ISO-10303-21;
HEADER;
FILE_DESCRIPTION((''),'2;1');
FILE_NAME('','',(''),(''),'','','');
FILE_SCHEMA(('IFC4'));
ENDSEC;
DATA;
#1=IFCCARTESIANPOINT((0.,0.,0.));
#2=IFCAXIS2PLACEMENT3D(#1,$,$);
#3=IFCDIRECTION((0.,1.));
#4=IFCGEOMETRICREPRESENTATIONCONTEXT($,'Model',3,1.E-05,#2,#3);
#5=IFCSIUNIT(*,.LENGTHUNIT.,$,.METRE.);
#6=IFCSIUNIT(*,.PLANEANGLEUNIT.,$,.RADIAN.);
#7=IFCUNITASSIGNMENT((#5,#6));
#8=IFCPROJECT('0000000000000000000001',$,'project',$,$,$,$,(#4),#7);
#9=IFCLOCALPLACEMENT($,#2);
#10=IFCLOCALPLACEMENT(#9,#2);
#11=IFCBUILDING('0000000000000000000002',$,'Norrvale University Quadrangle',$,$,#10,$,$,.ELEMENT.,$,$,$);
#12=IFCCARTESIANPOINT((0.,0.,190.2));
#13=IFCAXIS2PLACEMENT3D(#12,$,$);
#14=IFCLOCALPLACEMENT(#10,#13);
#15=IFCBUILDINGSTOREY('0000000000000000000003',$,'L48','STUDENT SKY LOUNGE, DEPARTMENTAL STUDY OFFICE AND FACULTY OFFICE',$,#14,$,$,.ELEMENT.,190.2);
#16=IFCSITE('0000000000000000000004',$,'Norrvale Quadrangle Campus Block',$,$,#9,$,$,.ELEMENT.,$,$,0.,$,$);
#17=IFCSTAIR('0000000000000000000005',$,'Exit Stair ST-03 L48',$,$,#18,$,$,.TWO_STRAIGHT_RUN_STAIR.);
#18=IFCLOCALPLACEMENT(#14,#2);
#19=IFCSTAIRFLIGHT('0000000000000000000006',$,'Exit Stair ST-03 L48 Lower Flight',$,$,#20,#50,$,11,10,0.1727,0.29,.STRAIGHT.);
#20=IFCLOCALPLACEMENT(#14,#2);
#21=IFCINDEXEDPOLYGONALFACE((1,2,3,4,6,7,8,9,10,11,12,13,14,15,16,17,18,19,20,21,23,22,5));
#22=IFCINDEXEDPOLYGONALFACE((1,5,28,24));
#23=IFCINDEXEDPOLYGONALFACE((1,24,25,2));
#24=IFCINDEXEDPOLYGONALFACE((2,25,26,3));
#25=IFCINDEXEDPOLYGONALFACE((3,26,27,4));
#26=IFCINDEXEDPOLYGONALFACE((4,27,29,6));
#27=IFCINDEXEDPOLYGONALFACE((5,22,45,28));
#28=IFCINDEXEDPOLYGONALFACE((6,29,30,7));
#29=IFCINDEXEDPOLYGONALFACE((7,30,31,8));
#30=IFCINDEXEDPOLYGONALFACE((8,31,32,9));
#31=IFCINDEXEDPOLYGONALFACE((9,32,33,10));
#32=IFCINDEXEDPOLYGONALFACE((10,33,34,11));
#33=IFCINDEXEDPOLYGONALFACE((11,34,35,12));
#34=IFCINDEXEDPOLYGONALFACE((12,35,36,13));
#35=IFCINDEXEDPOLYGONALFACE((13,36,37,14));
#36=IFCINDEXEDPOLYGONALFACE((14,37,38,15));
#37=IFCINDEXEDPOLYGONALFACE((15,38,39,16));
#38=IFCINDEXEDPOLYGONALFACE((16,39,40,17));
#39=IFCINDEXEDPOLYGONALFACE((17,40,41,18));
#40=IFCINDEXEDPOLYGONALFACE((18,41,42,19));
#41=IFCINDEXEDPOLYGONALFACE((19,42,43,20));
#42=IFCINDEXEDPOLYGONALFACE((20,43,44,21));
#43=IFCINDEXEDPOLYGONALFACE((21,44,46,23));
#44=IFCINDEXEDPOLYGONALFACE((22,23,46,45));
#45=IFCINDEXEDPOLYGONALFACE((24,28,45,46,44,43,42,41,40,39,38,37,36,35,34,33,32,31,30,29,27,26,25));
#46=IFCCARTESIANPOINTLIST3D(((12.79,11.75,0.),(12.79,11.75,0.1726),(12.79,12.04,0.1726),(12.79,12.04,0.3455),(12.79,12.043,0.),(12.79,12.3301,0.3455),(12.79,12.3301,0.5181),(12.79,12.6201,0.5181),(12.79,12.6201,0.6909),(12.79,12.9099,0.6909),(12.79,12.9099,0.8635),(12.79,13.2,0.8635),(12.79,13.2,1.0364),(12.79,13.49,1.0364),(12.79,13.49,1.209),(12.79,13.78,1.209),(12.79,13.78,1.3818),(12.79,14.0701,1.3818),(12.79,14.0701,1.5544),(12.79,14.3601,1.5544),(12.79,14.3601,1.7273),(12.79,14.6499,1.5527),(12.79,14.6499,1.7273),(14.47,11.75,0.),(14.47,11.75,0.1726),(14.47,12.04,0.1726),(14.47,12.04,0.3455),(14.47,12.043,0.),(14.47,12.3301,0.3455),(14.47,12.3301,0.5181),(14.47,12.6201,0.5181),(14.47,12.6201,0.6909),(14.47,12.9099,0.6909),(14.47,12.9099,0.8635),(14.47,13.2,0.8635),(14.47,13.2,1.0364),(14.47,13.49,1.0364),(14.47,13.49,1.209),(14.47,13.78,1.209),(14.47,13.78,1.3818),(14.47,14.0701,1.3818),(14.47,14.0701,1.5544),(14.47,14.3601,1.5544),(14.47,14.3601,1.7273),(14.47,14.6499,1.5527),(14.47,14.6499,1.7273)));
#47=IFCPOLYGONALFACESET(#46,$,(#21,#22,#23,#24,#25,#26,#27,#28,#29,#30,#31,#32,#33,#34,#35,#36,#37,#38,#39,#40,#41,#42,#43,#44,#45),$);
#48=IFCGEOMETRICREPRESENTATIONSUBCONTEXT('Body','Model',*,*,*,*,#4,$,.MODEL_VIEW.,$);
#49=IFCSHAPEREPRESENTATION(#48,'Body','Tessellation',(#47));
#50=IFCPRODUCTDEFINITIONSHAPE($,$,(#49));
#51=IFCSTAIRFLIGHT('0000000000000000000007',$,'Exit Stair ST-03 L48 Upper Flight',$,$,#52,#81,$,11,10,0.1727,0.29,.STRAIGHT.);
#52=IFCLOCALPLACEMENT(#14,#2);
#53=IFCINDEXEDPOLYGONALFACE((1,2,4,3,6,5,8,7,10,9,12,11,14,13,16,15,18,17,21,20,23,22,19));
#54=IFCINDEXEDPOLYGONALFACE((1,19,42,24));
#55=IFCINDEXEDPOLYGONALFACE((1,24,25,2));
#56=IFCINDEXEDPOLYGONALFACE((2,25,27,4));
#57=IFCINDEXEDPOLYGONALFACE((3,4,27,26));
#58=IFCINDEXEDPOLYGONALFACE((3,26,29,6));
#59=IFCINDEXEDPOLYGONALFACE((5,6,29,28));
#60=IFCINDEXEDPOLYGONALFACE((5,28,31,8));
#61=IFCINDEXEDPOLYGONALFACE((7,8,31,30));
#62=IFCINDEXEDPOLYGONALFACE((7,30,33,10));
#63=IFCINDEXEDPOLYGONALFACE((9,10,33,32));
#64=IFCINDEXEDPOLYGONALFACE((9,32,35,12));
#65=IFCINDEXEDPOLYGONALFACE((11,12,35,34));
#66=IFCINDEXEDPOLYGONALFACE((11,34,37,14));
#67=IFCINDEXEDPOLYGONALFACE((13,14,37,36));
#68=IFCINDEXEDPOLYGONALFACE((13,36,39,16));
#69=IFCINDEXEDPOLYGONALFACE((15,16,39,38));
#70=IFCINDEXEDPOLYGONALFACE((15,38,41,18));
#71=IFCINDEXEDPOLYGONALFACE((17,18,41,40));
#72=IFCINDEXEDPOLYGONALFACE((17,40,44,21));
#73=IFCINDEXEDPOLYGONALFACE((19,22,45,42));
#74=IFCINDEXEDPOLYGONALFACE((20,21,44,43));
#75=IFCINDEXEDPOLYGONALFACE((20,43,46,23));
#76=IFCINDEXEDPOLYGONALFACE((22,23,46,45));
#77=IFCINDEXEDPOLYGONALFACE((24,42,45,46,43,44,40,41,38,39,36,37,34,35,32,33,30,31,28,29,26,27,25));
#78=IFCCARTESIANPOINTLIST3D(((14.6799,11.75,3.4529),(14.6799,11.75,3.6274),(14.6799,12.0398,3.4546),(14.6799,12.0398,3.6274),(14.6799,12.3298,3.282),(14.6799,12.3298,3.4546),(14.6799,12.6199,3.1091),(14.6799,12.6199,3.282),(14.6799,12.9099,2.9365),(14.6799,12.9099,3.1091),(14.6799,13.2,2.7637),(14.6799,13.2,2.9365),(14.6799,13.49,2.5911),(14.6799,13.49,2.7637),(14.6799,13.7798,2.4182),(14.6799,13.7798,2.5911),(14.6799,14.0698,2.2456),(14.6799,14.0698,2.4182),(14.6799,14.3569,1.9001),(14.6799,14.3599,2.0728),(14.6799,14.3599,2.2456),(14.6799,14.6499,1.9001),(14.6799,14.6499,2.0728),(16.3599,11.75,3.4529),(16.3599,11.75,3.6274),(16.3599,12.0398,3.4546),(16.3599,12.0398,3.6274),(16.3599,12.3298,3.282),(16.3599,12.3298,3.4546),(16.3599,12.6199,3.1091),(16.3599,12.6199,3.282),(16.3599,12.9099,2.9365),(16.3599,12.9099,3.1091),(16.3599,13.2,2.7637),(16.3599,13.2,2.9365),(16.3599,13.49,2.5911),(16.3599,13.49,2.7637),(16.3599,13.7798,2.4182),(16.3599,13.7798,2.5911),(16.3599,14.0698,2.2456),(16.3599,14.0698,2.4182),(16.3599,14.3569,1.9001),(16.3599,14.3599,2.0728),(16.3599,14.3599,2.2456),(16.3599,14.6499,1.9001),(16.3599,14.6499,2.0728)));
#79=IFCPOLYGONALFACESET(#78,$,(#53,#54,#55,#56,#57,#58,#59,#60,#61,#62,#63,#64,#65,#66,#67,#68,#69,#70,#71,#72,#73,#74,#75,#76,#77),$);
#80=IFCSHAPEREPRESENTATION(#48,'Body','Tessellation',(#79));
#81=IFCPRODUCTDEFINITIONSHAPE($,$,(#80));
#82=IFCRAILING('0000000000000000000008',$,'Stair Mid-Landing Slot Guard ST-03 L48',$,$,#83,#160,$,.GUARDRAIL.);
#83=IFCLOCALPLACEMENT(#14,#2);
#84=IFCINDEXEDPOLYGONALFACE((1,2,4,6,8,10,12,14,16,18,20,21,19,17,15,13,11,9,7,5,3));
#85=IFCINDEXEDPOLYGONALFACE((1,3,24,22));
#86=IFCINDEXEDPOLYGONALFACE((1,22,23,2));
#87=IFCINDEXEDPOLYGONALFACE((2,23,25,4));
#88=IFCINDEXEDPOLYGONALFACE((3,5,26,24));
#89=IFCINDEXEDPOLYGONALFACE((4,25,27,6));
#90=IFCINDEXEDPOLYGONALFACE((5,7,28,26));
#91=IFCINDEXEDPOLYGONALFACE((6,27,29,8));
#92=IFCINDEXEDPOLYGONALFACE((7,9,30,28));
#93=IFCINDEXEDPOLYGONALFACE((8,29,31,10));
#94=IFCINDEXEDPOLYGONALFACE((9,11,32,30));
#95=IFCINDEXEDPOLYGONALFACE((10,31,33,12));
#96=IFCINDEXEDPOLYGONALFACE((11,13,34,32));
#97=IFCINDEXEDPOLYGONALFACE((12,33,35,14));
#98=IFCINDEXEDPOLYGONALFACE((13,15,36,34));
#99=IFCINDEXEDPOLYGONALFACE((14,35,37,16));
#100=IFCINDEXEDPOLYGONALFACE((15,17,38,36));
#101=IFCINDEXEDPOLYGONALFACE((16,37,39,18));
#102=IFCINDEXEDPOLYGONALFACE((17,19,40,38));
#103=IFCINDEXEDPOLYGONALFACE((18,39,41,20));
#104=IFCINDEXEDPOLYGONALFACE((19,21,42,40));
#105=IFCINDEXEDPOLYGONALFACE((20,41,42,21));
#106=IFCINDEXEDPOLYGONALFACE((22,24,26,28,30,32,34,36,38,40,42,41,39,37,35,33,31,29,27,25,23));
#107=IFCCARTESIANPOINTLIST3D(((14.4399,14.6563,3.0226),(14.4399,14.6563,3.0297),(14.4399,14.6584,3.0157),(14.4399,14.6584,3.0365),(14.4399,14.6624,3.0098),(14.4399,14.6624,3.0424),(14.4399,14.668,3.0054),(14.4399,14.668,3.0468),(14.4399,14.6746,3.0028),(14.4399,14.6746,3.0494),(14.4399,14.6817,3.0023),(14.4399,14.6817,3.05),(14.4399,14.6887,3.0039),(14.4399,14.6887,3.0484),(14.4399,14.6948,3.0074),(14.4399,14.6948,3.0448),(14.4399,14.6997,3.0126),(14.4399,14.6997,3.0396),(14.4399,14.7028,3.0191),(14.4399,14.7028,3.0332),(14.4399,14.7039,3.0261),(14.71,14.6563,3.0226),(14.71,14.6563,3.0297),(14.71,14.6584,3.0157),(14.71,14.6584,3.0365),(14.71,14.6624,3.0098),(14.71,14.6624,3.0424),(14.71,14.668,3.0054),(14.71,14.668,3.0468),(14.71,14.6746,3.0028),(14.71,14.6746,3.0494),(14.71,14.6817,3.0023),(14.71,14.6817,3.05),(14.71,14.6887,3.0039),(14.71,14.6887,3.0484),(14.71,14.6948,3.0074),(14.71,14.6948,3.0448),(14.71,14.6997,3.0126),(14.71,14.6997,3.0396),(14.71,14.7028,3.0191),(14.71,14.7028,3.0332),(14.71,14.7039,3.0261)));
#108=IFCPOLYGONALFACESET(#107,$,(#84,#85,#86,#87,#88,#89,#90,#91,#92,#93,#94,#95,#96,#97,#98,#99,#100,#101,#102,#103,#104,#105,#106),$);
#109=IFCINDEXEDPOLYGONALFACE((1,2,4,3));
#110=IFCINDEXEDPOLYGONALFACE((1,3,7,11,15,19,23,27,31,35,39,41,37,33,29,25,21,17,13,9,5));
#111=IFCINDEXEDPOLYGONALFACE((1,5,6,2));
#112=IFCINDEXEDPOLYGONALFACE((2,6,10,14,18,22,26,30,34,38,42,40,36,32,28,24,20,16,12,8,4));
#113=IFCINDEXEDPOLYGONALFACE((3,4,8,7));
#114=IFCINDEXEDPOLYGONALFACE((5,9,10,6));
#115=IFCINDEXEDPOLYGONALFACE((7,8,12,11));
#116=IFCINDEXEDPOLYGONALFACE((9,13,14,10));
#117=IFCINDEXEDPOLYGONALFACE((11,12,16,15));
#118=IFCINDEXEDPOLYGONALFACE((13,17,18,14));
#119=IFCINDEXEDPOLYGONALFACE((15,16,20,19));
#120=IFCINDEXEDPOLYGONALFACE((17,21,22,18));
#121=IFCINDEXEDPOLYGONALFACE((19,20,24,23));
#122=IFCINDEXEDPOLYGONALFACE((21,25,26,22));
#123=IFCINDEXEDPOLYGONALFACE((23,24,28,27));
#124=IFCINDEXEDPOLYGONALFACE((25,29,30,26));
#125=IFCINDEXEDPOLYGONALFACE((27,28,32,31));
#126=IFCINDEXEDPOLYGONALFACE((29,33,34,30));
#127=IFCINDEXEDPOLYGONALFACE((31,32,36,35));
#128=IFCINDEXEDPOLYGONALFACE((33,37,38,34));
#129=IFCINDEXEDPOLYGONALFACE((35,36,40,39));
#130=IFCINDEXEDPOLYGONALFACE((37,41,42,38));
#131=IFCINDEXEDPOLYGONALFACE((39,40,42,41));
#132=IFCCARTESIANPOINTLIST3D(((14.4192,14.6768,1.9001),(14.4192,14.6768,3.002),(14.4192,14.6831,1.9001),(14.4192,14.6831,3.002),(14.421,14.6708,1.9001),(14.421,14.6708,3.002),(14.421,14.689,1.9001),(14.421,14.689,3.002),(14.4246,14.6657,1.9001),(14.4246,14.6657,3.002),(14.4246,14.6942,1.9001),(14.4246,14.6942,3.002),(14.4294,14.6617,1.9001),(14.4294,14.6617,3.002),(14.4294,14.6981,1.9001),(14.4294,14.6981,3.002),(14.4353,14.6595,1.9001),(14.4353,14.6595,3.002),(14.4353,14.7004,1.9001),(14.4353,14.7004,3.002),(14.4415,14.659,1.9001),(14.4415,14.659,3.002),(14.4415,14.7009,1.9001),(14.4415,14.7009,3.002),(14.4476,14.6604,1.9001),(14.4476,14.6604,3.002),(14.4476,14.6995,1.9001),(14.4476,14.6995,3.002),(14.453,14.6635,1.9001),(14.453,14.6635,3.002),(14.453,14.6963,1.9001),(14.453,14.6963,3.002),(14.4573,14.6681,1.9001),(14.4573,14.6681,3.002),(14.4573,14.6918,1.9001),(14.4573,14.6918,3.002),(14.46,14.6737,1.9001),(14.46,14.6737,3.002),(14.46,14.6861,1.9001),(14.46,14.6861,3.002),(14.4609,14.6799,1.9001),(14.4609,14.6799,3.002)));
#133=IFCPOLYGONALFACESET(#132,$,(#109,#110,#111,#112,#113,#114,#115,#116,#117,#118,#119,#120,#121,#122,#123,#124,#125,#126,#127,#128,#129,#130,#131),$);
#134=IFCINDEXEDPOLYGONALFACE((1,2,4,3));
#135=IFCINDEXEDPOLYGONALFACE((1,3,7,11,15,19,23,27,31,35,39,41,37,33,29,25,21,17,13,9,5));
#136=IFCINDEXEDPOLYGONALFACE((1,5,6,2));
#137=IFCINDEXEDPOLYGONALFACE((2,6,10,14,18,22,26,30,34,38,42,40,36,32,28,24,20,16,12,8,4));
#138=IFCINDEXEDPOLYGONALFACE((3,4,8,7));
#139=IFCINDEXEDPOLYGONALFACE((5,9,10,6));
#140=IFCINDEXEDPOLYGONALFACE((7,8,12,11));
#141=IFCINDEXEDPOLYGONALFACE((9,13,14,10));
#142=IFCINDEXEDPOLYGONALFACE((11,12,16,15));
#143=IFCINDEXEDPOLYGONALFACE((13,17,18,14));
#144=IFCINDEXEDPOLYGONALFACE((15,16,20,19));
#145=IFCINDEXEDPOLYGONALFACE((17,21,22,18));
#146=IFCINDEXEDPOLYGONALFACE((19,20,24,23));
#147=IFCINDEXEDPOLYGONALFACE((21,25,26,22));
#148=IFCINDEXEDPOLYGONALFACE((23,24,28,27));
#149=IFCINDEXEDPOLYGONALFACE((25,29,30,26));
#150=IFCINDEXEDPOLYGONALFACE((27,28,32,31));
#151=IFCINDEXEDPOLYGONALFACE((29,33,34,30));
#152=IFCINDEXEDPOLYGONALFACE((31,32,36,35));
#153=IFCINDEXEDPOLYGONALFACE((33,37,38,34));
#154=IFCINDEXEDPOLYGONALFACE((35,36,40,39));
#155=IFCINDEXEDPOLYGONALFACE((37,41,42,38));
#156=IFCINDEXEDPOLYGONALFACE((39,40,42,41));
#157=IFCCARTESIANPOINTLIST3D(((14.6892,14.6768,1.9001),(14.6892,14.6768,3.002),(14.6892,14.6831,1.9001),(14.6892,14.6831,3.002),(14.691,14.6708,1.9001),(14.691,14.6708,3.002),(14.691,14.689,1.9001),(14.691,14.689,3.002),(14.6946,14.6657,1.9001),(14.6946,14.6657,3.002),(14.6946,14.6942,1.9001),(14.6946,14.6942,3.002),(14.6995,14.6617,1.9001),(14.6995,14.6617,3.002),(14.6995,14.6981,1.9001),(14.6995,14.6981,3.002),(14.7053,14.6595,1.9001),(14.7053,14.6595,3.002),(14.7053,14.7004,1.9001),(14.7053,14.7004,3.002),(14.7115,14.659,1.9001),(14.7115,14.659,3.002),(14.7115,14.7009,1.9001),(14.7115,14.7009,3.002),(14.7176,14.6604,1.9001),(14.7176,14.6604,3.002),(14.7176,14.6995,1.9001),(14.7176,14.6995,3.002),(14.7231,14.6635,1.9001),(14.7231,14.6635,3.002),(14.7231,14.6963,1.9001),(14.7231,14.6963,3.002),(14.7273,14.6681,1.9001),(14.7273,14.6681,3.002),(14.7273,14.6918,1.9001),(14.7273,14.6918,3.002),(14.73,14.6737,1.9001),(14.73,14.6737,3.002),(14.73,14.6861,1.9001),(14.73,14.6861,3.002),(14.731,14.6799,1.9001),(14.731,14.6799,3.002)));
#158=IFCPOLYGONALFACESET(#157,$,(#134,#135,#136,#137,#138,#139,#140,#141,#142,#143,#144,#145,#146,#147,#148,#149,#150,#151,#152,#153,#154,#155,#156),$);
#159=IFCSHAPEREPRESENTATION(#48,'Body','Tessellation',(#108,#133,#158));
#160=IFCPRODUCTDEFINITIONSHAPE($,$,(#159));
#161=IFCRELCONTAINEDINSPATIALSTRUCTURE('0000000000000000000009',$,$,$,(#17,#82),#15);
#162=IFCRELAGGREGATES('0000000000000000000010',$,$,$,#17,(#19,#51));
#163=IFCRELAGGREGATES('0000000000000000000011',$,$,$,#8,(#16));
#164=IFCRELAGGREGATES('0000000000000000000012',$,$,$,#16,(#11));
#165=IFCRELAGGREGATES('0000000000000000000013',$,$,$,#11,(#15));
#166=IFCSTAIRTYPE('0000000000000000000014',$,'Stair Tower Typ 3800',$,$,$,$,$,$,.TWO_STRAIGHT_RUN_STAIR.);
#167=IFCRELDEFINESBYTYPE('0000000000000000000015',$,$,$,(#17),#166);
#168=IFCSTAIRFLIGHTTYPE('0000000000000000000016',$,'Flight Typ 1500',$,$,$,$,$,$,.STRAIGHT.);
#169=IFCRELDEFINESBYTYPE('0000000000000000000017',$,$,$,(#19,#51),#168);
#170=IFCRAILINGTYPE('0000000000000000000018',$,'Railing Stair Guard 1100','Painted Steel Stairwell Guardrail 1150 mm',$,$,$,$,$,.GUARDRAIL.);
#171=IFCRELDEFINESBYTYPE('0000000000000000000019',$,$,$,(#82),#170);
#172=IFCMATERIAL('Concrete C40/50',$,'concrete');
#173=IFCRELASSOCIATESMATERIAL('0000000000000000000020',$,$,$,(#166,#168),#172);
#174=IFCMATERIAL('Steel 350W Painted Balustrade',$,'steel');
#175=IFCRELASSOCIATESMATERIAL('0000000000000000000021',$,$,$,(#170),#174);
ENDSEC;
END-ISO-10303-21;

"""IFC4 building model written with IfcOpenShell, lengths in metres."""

from ifc_helpers import new_model, si_unit, direction, frame, origin, origin_2d, place, context, subcontext, project, spatial, polyline, circle, outline, extrude, material, type_object, element, aggregate, save


model = new_model("IFC4")

# Units and contexts
model_context = context("Model", 3, precision=1e-05, world=origin(), true_north=direction((0.0, 1.0)))
body_context = subcontext(model_context, "Body", "Model", "MODEL_VIEW")
ifc_project = project(units=[si_unit("LENGTHUNIT", "METRE"), si_unit("PLANEANGLEUNIT", "RADIAN")], contexts=[model_context])

# Site, building, storey
site_placement = place(None, origin())
site = spatial("IfcSite", under=ifc_project, at=site_placement, Name="Norrvale Quadrangle Campus Block", CompositionType="ELEMENT", RefElevation=0.0)
building_placement = place(site_placement, origin())
building = spatial("IfcBuilding", under=site, at=building_placement, Name="Norrvale University Quadrangle", CompositionType="ELEMENT")
storey_placement = place(building_placement, frame((0.0, 0.0, 190.2)))
storey = spatial("IfcBuildingStorey", under=building, at=storey_placement, Name="L48", Description="STUDENT SKY LOUNGE, DEPARTMENTAL STUDY OFFICE AND FACULTY OFFICE", CompositionType="ELEMENT", Elevation=190.2)

# Stair, stair flights
ifc_material_1 = material(Name="Concrete C40/50", Category="concrete")
stair_type = type_object("IfcStairType", Name="Stair Tower Typ 3800", PredefinedType="TWO_STRAIGHT_RUN_STAIR", material=ifc_material_1)
stair_placement = place(storey_placement, origin())
stair = element("IfcStair", 1, at=stair_placement, inside=storey, type_object=stair_type, Name="Exit Stair ST-03 L48", PredefinedType="TWO_STRAIGHT_RUN_STAIR")
stair_flight_type = type_object("IfcStairFlightType", Name="Flight Typ 1500", PredefinedType="STRAIGHT", material=ifc_material_1)
stair_flight_1_placement = place(storey_placement, frame((13.6299, 11.75, 0.0), z_axis=(0.0, 0.0, 1.0), x_axis=(0.0, 1.0, 0.0)))
stair_flight_1 = element("IfcStairFlight", 2, at=stair_flight_1_placement, type_object=stair_flight_type, Name="Exit Stair ST-03 L48 Lower Flight", NumberOfRisers=11, NumberOfTreads=10, PredefinedType="STRAIGHT", RiserHeight=0.1727, TreadLength=0.29, context=body_context, shape_type="SweptSolid", body=[
    extrude(outline(polyline([(0.0, 0.0), (0.0, 0.1726), (0.29, 0.1726), (0.29, 0.3455), (0.5801, 0.3455), (0.5801, 0.5181), (0.8701, 0.5181), (0.8701, 0.6909), (1.1599, 0.6909), (1.1599, 0.8635), (1.45, 0.8635), (1.45, 1.0364), (1.74, 1.0364), (1.74, 1.209), (2.03, 1.209), (2.03, 1.3818), (2.3201, 1.3818), (2.3201, 1.5544), (2.6101, 1.5544), (2.6101, 1.7273), (2.8999, 1.7273), (2.8999, 1.8999), (2.8999, 1.5527), (0.293, 0.0), (0.0, 0.0)])), frame((0.0, 0.8398, 0.0), z_axis=(0.0, -1.0, 0.0), x_axis=(1.0, 0.0, 0.0)), (0.0, 0.0, 1.0), 1.6799),
])
stair_flight_2_placement = place(storey_placement, frame((15.52, 14.6499, 1.9001), z_axis=(0.0, 0.0, 1.0), x_axis=(0.0, -1.0, 0.0)))
stair_flight_2 = element("IfcStairFlight", 3, at=stair_flight_2_placement, type_object=stair_flight_type, Name="Exit Stair ST-03 L48 Upper Flight", NumberOfRisers=11, NumberOfTreads=10, PredefinedType="STRAIGHT", RiserHeight=0.1727, TreadLength=0.29, context=body_context, shape_type="SweptSolid", body=[
    extrude(outline(polyline([(0.0, 0.0), (0.0, 0.1726), (0.29, 0.1726), (0.29, 0.3455), (0.5801, 0.3455), (0.5801, 0.5181), (0.8701, 0.5181), (0.8701, 0.6909), (1.1599, 0.6909), (1.1599, 0.8635), (1.45, 0.8635), (1.45, 1.0364), (1.74, 1.0364), (1.74, 1.209), (2.03, 1.209), (2.03, 1.3818), (2.3201, 1.3818), (2.3201, 1.5544), (2.6101, 1.5544), (2.6101, 1.7273), (2.8999, 1.7273), (2.8999, 1.8999), (2.8999, 1.5527), (0.293, 0.0), (0.0, 0.0)])), frame((0.0, 0.8398, 0.0), z_axis=(0.0, -1.0, 0.0), x_axis=(1.0, 0.0, 0.0)), (0.0, 0.0, 1.0), 1.6799),
])
aggregate(stair, [stair_flight_1, stair_flight_2])

# Railing
ifc_material_2 = material(Name="Steel 350W Painted Balustrade", Category="steel")
railing_type_1 = type_object("IfcRailingType", Name="Railing Stair Guard 1100", Description="Painted Steel Stairwell Guardrail 1150 mm", PredefinedType="GUARDRAIL", material=ifc_material_2)
railing_1_placement = place(storey_placement, frame((14.4399, 14.6799, 1.9001)))
element("IfcRailing", 4, at=railing_1_placement, inside=storey, type_object=railing_type_1, Name="Stair Mid-Landing Slot Guard ST-03 L48", PredefinedType="GUARDRAIL", context=body_context, shape_type="SweptSolid", body=[
    extrude(circle(Radius=0.0239, at=origin_2d()), frame((0.0, 0.0, 1.126), z_axis=(1.0, 0.0, 0.0), x_axis=(0.0, 1.0, 0.0)), (0.0, 0.0, 1.0), 0.27),
    extrude(circle(Radius=0.021, at=origin_2d()), origin(), (0.0, 0.0, 1.0), 1.1018),
    extrude(circle(Radius=0.021, at=origin_2d()), frame((0.27, 0.0, 0.0)), (0.0, 0.0, 1.0), 1.1018),
])

save(model, "model.ifc")
